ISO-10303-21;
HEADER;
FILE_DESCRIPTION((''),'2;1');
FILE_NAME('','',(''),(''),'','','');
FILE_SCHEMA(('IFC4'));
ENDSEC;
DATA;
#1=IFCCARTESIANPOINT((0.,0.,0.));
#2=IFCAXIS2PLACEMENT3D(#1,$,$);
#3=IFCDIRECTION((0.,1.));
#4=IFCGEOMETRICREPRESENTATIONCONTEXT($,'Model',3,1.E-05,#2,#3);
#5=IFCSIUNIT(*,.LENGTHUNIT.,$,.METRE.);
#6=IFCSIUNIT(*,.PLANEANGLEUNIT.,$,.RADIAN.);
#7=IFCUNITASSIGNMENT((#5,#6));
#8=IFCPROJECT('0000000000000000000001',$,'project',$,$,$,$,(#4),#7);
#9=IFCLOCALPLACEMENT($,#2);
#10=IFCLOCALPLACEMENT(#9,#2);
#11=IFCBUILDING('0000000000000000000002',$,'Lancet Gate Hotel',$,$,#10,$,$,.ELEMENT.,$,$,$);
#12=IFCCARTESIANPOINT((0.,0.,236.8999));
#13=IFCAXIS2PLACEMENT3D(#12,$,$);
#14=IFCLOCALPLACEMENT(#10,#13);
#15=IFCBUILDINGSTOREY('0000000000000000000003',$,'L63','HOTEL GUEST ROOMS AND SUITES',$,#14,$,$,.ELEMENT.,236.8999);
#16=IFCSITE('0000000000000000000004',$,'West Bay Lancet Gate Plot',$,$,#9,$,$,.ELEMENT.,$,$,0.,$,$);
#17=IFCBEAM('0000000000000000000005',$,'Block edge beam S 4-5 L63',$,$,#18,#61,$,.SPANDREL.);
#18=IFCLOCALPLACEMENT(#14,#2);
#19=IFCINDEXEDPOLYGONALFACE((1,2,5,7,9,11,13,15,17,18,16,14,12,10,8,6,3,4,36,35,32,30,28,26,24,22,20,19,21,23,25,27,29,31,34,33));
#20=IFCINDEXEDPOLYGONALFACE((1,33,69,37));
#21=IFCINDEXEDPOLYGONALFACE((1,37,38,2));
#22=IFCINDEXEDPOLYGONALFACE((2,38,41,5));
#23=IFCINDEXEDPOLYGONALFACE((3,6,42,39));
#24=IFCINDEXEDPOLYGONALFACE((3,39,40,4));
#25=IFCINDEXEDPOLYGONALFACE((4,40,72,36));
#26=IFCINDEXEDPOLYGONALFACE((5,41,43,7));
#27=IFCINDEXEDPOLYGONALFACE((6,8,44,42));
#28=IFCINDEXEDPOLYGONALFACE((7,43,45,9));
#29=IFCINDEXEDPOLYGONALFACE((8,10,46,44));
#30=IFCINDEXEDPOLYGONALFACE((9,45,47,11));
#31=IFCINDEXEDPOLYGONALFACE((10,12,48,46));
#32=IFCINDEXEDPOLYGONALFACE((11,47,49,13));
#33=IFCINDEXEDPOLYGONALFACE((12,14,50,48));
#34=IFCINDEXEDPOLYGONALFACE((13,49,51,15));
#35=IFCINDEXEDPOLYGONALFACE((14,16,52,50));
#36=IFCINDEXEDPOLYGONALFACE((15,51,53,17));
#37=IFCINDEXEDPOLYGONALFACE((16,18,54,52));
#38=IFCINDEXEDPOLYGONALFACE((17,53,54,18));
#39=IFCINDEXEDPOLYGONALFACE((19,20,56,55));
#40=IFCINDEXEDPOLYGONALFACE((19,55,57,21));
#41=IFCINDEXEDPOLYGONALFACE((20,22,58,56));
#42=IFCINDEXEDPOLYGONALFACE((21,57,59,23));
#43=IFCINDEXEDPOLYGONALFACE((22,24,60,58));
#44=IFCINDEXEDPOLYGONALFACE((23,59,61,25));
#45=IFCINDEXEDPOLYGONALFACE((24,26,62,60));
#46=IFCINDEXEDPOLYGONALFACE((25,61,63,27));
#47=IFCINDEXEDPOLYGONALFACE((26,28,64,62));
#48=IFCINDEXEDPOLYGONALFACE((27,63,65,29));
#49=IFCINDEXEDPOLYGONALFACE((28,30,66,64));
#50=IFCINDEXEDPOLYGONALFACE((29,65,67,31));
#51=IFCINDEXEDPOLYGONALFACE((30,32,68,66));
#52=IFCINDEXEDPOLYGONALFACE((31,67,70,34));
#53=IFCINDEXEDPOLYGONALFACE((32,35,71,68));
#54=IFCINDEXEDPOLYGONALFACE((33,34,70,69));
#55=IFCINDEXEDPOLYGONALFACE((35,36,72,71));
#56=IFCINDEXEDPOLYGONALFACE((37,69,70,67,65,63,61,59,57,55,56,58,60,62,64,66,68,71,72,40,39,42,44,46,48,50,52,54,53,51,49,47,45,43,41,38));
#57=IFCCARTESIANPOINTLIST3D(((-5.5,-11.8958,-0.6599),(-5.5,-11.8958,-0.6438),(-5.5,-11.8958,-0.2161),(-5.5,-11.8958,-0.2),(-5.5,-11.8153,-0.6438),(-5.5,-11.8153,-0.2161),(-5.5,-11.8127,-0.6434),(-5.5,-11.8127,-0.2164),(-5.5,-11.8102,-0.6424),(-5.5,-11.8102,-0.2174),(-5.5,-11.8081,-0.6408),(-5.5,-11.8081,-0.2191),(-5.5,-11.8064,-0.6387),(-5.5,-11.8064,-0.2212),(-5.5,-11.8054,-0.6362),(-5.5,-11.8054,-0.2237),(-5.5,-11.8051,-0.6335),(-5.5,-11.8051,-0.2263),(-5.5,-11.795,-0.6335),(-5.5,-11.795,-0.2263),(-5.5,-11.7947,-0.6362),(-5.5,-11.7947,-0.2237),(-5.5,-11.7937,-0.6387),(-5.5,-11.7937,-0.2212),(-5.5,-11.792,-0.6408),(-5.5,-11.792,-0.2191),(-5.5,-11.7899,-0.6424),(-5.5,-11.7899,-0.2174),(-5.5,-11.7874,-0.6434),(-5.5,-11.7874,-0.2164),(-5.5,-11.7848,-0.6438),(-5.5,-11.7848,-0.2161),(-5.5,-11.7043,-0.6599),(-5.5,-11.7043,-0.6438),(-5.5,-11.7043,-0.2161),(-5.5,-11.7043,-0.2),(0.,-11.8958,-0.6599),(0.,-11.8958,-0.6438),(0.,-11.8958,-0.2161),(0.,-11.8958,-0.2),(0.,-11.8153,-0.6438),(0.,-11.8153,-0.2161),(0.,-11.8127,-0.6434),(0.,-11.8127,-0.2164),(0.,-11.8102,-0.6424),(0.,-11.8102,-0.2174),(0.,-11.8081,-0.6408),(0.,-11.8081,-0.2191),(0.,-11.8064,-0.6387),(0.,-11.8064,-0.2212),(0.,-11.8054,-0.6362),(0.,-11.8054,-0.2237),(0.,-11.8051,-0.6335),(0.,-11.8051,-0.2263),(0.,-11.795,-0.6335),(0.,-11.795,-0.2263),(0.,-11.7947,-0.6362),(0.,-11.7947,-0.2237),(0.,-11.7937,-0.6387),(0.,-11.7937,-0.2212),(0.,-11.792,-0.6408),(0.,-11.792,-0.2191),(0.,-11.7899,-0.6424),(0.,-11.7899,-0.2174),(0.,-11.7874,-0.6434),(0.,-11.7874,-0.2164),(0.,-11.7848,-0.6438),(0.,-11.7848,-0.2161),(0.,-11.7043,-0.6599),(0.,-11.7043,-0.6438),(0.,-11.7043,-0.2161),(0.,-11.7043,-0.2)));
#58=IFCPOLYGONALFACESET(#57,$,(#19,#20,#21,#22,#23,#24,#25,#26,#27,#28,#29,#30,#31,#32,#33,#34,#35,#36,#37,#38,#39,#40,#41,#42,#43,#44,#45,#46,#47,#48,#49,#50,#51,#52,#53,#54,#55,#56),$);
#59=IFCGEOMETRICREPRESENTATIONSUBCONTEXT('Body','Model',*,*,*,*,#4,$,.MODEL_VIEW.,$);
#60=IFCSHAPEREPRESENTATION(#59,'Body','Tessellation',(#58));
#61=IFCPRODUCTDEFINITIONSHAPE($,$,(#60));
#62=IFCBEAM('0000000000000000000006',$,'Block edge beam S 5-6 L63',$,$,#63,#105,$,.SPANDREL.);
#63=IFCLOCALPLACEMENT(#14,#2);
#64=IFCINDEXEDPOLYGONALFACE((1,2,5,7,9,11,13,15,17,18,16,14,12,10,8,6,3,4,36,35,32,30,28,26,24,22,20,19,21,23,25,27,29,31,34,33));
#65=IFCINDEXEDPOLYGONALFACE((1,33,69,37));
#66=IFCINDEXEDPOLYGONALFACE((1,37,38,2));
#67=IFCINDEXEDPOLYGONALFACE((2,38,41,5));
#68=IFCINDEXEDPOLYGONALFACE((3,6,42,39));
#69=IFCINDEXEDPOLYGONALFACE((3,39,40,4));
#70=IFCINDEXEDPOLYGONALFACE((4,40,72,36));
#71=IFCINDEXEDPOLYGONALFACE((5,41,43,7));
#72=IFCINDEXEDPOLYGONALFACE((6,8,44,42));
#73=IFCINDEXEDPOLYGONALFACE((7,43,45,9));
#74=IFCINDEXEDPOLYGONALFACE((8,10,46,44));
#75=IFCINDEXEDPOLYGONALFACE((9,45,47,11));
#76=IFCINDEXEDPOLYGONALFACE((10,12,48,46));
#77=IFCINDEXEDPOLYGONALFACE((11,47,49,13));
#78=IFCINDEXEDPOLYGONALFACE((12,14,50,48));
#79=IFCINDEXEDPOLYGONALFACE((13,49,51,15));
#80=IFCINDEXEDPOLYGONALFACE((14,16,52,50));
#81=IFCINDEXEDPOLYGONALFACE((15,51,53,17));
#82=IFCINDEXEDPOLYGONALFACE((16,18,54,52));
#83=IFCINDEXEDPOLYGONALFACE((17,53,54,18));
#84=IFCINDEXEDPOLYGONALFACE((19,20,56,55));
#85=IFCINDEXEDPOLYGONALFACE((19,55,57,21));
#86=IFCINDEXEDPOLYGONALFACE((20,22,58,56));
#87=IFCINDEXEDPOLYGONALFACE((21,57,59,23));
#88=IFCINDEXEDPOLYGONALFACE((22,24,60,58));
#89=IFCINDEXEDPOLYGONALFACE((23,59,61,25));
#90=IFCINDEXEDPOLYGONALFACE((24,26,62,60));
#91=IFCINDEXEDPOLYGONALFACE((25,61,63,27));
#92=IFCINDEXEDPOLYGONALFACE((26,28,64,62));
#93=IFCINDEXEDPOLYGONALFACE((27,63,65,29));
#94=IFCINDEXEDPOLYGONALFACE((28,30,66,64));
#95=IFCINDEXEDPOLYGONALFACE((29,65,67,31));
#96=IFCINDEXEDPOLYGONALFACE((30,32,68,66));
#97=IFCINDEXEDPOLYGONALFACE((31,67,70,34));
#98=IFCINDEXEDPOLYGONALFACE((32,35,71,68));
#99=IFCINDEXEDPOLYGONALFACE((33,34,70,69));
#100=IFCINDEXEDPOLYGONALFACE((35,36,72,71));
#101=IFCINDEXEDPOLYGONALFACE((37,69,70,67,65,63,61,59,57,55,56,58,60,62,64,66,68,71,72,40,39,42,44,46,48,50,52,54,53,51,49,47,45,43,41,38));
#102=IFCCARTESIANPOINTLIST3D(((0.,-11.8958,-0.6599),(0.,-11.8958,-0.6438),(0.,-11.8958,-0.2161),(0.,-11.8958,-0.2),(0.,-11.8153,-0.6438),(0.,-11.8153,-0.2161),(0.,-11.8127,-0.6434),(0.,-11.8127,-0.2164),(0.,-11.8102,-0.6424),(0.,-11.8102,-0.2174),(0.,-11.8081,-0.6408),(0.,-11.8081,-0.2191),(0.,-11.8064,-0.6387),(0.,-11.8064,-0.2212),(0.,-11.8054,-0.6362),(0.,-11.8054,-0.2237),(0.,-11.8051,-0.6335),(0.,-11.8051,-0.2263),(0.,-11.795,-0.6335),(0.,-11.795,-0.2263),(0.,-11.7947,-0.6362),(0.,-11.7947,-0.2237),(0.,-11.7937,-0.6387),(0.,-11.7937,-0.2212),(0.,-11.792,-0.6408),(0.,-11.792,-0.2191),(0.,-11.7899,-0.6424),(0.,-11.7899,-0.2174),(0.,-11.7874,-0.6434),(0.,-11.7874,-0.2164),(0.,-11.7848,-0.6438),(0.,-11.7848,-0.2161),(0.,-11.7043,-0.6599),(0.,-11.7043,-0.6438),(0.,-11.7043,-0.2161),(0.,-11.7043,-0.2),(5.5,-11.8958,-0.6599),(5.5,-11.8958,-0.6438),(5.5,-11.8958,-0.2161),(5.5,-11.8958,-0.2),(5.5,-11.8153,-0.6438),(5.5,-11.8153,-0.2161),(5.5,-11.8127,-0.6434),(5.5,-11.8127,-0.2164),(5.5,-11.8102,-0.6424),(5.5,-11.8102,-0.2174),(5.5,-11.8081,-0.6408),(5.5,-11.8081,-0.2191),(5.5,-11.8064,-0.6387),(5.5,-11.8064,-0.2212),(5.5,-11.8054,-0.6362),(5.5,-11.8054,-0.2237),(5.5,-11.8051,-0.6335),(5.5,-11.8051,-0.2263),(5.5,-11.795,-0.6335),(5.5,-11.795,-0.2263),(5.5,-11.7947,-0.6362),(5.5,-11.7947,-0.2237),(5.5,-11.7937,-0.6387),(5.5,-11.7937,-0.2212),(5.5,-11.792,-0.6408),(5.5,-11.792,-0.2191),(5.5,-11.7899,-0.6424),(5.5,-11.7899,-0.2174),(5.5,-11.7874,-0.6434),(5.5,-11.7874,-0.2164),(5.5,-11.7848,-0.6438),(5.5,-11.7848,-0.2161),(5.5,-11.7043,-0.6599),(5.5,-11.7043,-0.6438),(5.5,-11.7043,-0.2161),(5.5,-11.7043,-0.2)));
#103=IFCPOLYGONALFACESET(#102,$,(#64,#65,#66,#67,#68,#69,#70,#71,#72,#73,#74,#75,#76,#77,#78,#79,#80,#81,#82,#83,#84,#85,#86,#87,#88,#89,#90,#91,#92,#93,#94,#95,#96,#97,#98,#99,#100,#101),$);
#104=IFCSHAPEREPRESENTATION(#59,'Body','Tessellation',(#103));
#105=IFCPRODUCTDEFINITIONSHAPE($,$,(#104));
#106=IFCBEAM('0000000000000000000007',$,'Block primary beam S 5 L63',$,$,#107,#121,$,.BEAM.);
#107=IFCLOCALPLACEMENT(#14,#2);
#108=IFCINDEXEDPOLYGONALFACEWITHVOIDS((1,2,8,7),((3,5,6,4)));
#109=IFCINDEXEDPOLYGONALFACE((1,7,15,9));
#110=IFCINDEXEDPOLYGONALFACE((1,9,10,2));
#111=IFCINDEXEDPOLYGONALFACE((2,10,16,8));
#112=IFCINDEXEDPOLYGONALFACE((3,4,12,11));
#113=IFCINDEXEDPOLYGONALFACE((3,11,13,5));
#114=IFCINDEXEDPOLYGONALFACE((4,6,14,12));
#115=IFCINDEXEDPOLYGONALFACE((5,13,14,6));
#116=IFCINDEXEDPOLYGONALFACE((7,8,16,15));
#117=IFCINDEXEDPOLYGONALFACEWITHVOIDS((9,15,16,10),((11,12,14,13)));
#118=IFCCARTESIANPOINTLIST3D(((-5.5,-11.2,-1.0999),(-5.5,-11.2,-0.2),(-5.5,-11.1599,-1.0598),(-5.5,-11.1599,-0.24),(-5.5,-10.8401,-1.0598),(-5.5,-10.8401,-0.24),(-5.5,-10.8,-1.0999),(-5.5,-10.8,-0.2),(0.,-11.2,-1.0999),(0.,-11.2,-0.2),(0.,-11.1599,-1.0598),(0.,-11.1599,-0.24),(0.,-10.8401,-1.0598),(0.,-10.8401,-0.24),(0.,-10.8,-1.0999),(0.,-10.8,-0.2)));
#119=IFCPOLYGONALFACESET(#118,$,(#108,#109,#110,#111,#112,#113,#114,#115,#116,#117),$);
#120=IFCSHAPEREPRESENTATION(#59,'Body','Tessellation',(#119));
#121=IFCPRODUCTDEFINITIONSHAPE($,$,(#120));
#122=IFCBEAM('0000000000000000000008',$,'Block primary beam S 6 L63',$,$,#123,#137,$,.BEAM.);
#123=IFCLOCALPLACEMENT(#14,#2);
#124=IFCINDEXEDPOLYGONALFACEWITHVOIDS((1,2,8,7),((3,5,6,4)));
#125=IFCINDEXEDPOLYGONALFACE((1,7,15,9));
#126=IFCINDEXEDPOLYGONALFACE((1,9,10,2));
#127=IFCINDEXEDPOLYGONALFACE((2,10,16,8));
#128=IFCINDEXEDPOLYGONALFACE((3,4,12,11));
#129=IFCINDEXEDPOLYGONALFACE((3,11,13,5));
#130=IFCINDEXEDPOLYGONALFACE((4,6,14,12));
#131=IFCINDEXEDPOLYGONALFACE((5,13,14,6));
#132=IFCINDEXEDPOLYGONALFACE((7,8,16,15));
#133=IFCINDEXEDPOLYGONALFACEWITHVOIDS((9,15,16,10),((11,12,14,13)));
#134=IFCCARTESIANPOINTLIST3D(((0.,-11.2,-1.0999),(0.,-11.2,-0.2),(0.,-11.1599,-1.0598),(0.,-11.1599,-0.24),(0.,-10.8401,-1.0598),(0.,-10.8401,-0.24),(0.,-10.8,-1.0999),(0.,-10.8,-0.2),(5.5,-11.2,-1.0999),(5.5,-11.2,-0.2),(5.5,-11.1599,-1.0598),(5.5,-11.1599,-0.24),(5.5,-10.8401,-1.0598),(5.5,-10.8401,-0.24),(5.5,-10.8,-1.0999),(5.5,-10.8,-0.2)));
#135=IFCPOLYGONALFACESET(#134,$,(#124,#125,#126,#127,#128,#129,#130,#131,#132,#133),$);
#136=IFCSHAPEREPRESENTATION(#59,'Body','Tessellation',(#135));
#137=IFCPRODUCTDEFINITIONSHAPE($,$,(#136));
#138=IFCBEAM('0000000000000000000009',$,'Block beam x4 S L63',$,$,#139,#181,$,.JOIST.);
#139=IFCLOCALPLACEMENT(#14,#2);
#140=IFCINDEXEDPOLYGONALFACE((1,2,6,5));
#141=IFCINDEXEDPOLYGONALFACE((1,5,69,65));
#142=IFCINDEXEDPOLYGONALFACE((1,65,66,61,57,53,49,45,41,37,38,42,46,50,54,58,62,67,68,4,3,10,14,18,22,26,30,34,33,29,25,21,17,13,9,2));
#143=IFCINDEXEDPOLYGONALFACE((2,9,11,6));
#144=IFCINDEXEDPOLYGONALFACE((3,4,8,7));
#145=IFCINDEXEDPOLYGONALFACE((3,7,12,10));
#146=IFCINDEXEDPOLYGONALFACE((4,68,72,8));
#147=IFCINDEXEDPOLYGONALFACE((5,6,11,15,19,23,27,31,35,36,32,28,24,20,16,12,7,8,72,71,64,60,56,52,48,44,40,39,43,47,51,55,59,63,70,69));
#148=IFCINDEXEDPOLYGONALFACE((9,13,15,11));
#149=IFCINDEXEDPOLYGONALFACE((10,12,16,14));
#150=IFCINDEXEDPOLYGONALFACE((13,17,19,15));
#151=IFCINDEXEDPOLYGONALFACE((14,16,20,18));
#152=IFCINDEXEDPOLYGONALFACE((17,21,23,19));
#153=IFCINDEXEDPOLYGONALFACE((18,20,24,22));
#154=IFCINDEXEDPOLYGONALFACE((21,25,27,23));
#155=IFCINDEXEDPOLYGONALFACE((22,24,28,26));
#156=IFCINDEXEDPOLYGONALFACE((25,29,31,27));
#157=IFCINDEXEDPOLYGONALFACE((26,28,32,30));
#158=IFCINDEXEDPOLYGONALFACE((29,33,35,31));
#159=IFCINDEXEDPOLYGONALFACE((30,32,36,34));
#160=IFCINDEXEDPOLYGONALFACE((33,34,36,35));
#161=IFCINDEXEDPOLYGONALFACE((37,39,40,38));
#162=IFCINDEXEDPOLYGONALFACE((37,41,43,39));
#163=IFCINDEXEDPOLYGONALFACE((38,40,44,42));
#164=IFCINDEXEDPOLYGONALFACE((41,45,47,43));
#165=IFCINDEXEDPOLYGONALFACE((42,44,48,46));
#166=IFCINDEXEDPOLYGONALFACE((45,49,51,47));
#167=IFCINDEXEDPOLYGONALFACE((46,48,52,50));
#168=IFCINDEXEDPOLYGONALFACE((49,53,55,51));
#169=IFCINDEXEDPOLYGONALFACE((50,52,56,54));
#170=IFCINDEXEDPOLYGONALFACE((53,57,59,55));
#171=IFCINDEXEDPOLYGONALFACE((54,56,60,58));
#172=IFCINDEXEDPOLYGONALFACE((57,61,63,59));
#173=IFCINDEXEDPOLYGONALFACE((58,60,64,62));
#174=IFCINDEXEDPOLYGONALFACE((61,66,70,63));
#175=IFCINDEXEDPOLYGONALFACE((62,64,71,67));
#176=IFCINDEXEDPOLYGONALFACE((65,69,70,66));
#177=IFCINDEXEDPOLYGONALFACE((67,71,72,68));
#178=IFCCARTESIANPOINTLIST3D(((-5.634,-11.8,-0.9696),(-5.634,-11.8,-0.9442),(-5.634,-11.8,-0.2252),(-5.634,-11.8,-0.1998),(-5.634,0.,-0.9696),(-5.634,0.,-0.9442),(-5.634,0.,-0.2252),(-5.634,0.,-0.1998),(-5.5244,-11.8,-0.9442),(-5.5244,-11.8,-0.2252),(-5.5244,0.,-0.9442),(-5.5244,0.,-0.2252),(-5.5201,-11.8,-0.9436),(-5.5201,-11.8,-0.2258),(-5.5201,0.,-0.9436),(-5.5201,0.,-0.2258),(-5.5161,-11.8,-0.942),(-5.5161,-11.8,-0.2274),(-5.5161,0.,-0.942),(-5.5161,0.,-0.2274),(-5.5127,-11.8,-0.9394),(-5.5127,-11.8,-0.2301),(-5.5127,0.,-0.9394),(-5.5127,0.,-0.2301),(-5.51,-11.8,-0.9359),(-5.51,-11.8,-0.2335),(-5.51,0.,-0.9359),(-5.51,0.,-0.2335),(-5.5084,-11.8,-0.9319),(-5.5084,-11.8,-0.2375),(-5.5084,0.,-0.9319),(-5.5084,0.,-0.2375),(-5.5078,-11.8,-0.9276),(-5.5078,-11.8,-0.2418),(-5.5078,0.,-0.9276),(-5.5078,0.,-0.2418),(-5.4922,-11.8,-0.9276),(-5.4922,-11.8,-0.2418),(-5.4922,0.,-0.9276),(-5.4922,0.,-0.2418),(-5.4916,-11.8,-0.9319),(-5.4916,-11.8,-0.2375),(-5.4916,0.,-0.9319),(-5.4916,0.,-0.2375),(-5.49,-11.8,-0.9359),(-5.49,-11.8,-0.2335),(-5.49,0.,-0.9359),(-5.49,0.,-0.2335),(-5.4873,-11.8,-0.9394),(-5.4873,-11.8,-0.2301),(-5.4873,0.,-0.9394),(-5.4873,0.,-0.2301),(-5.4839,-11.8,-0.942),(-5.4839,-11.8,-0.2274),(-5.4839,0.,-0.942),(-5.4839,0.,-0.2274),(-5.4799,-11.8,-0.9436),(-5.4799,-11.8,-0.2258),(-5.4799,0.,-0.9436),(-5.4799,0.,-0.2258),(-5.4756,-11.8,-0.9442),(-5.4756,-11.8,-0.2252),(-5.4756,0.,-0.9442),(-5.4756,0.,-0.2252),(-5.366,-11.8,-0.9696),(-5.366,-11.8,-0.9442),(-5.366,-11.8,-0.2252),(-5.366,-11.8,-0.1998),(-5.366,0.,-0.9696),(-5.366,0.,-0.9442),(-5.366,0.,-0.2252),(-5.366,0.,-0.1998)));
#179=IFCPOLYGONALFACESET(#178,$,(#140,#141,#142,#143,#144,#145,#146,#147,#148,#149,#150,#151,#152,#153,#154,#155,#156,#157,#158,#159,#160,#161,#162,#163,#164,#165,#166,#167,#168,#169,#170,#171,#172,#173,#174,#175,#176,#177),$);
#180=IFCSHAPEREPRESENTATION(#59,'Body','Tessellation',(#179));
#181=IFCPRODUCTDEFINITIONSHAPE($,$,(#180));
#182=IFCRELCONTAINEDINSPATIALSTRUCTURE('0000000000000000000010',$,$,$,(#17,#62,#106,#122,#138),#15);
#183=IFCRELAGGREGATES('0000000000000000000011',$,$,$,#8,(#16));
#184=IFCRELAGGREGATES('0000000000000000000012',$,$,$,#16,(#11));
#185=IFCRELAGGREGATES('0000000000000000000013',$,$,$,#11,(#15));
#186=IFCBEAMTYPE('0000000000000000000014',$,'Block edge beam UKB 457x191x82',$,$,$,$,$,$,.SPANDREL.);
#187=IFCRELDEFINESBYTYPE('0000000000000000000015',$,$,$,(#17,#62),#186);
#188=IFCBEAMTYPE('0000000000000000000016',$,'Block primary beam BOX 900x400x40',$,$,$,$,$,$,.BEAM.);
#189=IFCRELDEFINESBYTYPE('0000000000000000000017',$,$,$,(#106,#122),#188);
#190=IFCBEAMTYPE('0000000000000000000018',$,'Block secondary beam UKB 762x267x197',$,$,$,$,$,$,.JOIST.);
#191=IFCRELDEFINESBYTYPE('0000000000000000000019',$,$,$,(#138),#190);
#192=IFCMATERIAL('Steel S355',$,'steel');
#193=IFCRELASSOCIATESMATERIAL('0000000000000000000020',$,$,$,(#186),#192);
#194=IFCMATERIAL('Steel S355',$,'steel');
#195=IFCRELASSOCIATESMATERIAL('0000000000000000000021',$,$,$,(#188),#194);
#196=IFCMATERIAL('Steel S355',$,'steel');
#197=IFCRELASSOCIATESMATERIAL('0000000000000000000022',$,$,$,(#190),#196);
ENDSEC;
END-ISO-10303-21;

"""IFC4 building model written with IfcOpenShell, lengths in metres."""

from ifc_helpers import new_model, si_unit, direction, frame, origin, origin_2d, place, context, subcontext, project, spatial, hollow_rectangle, i_section, extrude, material, material_profile, profile_set, type_object, element, save


model = new_model("IFC4")

# Units and contexts
model_context = context("Model", 3, precision=1e-05, world=origin(), true_north=direction((0.0, 1.0)))
body_context = subcontext(model_context, "Body", "Model", "MODEL_VIEW")
ifc_project = project(units=[si_unit("LENGTHUNIT", "METRE"), si_unit("PLANEANGLEUNIT", "RADIAN")], contexts=[model_context])

# Site, building, storey
site_placement = place(None, origin())
site = spatial("IfcSite", under=ifc_project, at=site_placement, Name="West Bay Lancet Gate Plot", CompositionType="ELEMENT", RefElevation=0.0)
building_placement = place(site_placement, origin())
building = spatial("IfcBuilding", under=site, at=building_placement, Name="Lancet Gate Hotel", CompositionType="ELEMENT")
storey_placement = place(building_placement, frame((0.0, 0.0, 236.8999)))
storey = spatial("IfcBuildingStorey", under=building, at=storey_placement, Name="L63", Description="HOTEL GUEST ROOMS AND SUITES", CompositionType="ELEMENT", Elevation=236.8999)

# Beams
ifc_material_1 = material(Name="Steel S355", Category="steel")
ifc_material_profile_1 = material_profile(ifc_material_1, i_section(OverallWidth=0.1914, OverallDepth=0.46, WebThickness=0.01, FlangeThickness=0.0161, FilletRadius=0.0103, at=origin_2d()), Name="UKB 457x191x82")
ifc_profile_set_1 = profile_set([ifc_material_profile_1], Name="Steel S355")
beam_type_1 = type_object("IfcBeamType", Name="Block edge beam UKB 457x191x82", PredefinedType="SPANDREL", material=ifc_profile_set_1)
for number, where, z_axis, x_axis, name in (
    (1, (-5.5, -11.8, -0.4299), (1.0, 0.0, 0.0), (0.0, 1.0, 0.0), "Block edge beam S 4-5 L63"),
    (2, (0.0, -11.8, -0.4299), (1.0, 0.0, 0.0), (0.0, 1.0, 0.0), "Block edge beam S 5-6 L63"),
):
    element("IfcBeam", number, at=place(storey_placement, frame(where, z_axis=z_axis, x_axis=x_axis)), inside=storey, type_object=beam_type_1, Name=name, PredefinedType="SPANDREL", context=body_context, shape_type="SweptSolid", body=[
        extrude(i_section(OverallWidth=0.1914, OverallDepth=0.46, WebThickness=0.01, FlangeThickness=0.0161, FilletRadius=0.0103, at=origin_2d()), origin(), (0.0, 0.0, 1.0), 5.5),
    ])
ifc_material_2 = material(Name="Steel S355", Category="steel")
ifc_material_profile_2 = material_profile(ifc_material_2, hollow_rectangle(XDim=0.3999, YDim=0.8999, WallThickness=0.04, at=origin_2d()), Name="BOX 900x400x40")
ifc_profile_set_2 = profile_set([ifc_material_profile_2], Name="Steel S355")
beam_type_2 = type_object("IfcBeamType", Name="Block primary beam BOX 900x400x40", PredefinedType="BEAM", material=ifc_profile_set_2)
for number, where, z_axis, x_axis, name in (
    (3, (-5.5, -11.0, -0.6499), (1.0, 0.0, 0.0), (0.0, 1.0, 0.0), "Block primary beam S 5 L63"),
    (4, (0.0, -11.0, -0.6499), (1.0, 0.0, 0.0), (0.0, 1.0, 0.0), "Block primary beam S 6 L63"),
):
    element("IfcBeam", number, at=place(storey_placement, frame(where, z_axis=z_axis, x_axis=x_axis)), inside=storey, type_object=beam_type_2, Name=name, PredefinedType="BEAM", context=body_context, shape_type="SweptSolid", body=[
        extrude(hollow_rectangle(XDim=0.3999, YDim=0.8999, WallThickness=0.04, at=origin_2d()), origin(), (0.0, 0.0, 1.0), 5.5),
    ])
ifc_material_3 = material(Name="Steel S355", Category="steel")
ifc_material_profile_3 = material_profile(ifc_material_3, i_section(OverallWidth=0.2681, OverallDepth=0.7698, WebThickness=0.0156, FlangeThickness=0.0254, FilletRadius=0.0166, at=origin_2d()), Name="UKB 762x267x197")
ifc_profile_set_3 = profile_set([ifc_material_profile_3], Name="Steel S355")
beam_type_3 = type_object("IfcBeamType", Name="Block secondary beam UKB 762x267x197", PredefinedType="JOIST", material=ifc_profile_set_3)
for number, where, z_axis, x_axis, name in (
    (5, (-5.5, -11.8, -0.5847), (0.0, 1.0, 0.0), (-1.0, 0.0, 0.0), "Block beam x4 S L63"),
):
    element("IfcBeam", number, at=place(storey_placement, frame(where, z_axis=z_axis, x_axis=x_axis)), inside=storey, type_object=beam_type_3, Name=name, PredefinedType="JOIST", context=body_context, shape_type="SweptSolid", body=[
        extrude(i_section(OverallWidth=0.2681, OverallDepth=0.7698, WebThickness=0.0156, FlangeThickness=0.0254, FilletRadius=0.0166, at=origin_2d()), origin(), (0.0, 0.0, 1.0), 11.8),
    ])

save(model, "model.ifc")
